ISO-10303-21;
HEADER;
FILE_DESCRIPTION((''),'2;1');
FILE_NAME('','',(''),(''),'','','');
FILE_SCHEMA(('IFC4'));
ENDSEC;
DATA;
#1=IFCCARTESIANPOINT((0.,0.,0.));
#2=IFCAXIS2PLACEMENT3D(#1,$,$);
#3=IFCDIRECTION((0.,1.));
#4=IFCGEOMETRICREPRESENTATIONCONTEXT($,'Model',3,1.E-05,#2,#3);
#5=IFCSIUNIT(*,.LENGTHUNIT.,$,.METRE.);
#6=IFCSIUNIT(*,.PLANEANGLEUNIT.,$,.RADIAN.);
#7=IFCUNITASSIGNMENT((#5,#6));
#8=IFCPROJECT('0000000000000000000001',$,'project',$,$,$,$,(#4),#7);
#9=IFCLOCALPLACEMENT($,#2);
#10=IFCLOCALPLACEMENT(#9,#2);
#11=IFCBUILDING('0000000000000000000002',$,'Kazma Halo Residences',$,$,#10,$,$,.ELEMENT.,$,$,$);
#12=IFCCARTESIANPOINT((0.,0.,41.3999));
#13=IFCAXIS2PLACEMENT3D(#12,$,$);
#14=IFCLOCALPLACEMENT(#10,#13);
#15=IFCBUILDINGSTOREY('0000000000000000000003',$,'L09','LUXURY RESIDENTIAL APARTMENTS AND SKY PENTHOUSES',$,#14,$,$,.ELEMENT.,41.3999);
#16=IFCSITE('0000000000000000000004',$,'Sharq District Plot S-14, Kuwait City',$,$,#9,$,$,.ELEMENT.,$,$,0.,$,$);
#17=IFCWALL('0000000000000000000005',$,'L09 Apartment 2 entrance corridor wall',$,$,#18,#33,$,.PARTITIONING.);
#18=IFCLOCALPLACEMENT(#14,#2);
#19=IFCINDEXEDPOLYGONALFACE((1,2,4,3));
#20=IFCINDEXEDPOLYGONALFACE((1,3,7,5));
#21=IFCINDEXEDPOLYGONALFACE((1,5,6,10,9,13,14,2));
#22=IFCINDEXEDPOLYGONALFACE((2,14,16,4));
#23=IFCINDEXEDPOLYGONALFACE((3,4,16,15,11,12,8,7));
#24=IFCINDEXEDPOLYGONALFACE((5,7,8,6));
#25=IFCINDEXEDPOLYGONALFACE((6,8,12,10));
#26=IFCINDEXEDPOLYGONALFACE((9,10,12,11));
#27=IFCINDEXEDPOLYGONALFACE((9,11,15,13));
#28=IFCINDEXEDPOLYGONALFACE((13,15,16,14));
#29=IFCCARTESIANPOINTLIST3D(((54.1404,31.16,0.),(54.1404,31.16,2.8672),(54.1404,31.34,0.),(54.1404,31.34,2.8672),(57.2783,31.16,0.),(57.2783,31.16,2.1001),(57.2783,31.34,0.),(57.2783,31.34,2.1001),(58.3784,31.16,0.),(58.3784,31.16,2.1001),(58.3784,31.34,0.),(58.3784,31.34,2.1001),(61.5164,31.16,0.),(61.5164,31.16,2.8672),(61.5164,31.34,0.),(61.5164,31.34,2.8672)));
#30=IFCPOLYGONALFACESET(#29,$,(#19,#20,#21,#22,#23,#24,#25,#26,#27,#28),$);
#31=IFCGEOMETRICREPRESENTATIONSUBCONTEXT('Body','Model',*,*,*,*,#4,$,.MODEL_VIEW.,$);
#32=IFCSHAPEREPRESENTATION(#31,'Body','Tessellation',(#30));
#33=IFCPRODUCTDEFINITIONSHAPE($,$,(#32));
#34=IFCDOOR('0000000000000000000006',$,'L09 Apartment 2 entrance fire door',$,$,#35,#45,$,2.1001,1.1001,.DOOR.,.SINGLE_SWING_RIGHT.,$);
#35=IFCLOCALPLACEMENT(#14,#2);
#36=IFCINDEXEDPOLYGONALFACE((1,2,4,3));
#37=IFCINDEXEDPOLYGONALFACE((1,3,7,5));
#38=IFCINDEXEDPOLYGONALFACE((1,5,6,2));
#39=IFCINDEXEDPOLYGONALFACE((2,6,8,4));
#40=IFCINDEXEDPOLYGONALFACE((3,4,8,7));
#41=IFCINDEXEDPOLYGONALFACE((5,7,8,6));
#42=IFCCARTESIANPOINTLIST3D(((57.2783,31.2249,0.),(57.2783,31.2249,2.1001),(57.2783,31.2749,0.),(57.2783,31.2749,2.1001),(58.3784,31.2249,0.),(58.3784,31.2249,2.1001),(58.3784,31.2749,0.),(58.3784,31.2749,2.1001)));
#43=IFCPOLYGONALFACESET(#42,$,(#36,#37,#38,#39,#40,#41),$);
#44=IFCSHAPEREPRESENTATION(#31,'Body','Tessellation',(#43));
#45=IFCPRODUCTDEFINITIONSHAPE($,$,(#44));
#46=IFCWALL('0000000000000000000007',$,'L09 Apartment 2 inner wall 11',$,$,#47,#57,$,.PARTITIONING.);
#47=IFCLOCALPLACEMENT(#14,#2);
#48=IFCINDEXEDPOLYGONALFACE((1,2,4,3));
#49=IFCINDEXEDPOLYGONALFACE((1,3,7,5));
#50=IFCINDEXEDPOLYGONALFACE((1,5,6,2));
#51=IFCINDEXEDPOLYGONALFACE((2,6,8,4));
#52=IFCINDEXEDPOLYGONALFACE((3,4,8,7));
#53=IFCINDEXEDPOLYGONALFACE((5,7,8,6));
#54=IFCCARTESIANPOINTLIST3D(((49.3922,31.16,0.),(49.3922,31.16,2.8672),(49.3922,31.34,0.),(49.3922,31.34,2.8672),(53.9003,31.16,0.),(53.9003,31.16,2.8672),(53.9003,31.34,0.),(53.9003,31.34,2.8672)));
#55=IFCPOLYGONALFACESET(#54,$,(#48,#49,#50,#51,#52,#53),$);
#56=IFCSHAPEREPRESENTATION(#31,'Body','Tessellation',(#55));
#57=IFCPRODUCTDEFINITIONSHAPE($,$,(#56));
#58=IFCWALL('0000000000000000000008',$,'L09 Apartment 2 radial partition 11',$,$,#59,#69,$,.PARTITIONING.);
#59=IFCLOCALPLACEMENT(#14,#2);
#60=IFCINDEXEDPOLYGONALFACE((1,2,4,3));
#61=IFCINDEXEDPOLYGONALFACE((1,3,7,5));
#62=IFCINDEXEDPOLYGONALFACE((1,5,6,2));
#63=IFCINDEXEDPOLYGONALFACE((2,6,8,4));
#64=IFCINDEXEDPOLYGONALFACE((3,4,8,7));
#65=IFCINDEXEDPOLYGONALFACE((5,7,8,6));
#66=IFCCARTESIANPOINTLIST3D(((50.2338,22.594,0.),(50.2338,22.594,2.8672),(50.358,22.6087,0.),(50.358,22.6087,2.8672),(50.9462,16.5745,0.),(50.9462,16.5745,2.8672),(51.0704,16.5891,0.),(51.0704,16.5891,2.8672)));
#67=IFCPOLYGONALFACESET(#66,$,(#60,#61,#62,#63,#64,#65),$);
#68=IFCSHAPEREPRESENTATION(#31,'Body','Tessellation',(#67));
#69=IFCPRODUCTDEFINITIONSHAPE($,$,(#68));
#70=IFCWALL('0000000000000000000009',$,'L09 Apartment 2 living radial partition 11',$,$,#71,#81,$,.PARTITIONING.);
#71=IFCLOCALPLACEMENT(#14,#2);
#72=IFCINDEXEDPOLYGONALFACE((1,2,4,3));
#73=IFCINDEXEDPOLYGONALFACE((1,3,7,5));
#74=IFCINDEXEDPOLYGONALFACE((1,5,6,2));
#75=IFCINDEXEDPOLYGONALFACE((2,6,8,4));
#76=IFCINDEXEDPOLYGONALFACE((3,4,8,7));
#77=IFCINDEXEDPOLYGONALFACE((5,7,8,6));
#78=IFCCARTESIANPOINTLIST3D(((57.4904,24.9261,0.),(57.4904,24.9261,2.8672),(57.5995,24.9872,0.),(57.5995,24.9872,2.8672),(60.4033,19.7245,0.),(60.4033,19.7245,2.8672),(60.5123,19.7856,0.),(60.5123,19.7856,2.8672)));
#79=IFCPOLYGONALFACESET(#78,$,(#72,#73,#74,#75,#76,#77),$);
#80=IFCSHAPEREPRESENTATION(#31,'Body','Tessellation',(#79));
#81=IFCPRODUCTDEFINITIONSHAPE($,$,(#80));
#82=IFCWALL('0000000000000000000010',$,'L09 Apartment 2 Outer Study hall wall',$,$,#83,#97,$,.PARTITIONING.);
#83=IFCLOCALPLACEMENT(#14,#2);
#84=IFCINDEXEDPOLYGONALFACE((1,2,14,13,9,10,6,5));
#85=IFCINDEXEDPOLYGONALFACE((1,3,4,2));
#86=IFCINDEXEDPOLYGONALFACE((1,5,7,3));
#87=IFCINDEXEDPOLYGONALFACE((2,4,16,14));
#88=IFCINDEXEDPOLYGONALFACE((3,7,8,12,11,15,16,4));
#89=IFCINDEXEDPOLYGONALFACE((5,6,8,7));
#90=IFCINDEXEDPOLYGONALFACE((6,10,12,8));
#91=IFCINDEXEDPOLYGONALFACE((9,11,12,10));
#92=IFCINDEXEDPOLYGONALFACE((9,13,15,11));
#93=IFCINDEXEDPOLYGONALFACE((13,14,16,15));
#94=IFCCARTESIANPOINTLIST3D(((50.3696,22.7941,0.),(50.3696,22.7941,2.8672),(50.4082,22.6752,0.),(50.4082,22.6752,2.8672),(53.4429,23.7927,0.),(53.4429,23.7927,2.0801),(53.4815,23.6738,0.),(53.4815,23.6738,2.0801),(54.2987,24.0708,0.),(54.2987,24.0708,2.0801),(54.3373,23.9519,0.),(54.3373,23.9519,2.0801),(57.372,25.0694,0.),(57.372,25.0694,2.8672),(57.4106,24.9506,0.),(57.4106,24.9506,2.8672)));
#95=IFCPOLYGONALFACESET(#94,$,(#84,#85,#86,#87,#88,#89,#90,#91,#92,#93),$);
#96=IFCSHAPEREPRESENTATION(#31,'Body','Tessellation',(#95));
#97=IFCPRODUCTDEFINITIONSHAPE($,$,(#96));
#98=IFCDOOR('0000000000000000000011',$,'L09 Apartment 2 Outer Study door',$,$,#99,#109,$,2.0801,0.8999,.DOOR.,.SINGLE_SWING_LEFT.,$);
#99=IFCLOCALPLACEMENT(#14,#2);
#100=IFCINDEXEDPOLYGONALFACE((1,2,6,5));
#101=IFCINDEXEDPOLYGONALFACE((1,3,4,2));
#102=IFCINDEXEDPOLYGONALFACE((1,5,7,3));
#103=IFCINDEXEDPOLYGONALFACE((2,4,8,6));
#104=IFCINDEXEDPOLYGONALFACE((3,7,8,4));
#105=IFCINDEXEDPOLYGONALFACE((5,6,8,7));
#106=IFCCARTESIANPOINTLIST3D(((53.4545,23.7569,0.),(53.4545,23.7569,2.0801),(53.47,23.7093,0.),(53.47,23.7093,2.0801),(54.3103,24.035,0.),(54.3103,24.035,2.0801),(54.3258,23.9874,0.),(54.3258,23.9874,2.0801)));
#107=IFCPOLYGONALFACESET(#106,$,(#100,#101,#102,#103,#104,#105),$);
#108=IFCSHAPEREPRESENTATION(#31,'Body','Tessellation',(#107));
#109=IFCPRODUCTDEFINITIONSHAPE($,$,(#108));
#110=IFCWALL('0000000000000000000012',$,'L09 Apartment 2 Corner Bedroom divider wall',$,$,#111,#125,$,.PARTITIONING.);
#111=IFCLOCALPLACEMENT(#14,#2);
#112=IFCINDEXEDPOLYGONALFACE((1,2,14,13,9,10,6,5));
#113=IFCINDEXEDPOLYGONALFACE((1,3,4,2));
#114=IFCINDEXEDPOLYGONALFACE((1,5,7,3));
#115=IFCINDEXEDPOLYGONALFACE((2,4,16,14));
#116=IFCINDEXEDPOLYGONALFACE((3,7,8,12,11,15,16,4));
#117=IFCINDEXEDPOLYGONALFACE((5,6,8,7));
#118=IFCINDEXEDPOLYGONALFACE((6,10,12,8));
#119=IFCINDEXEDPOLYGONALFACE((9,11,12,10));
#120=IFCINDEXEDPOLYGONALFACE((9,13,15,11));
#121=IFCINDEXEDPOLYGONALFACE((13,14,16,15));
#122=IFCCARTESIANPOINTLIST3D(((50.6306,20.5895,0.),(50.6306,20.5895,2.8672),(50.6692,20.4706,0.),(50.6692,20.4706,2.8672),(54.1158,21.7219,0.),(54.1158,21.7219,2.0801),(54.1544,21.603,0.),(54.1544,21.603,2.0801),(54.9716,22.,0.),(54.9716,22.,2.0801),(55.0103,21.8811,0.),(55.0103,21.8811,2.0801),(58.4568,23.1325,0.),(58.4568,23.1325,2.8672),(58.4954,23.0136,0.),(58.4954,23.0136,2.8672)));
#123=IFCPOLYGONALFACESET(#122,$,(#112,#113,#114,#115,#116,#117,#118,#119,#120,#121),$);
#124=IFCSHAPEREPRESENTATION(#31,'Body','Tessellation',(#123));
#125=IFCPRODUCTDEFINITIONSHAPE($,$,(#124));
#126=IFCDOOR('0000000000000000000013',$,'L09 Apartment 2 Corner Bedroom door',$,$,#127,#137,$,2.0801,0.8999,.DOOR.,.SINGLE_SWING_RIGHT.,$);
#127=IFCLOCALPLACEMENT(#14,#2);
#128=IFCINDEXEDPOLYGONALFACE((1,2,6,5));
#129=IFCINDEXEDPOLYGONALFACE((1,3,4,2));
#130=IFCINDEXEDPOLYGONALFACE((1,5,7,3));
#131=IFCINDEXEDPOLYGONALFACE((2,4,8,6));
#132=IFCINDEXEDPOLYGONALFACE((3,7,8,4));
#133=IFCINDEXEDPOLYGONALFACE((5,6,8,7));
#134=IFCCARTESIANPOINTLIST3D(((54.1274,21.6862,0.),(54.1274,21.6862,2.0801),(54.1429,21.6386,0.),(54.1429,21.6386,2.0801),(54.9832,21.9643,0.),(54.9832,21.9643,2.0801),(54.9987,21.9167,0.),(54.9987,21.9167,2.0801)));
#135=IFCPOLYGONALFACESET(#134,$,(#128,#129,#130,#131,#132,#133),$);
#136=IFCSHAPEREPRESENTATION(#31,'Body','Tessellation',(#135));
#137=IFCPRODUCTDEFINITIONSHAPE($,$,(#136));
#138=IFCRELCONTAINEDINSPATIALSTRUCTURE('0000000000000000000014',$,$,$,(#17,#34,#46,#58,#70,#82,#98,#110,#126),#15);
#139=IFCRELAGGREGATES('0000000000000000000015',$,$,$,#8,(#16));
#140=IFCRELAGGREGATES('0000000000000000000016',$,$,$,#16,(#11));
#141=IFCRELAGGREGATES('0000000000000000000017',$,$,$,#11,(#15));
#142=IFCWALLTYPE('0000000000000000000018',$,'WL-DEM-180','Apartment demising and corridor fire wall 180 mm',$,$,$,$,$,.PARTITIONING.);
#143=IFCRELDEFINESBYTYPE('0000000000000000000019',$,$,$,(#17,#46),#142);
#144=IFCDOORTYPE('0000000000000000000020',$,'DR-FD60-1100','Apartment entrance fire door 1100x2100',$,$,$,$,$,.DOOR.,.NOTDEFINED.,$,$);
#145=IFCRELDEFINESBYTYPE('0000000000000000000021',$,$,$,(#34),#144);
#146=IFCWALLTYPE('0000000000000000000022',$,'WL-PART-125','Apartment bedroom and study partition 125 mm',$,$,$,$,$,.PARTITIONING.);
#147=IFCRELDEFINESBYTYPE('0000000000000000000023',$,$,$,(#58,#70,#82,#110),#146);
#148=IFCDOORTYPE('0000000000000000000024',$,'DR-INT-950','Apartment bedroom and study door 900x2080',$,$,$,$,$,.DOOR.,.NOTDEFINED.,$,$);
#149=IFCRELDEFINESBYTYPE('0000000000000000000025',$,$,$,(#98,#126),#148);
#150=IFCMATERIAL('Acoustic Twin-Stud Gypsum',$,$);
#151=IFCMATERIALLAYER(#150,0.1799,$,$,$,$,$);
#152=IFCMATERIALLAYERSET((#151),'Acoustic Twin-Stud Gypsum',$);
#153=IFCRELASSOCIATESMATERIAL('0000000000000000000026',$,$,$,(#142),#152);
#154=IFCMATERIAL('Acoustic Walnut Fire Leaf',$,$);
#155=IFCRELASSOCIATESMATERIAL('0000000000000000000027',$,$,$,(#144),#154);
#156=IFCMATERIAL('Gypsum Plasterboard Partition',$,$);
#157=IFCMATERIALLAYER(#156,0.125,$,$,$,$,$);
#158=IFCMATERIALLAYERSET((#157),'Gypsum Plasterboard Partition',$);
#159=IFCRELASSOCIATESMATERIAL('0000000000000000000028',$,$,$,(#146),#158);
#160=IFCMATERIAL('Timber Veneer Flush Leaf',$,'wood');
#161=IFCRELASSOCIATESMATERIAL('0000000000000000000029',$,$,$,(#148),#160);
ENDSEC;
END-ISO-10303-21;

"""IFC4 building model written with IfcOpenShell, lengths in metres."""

from ifc_helpers import new_model, si_unit, direction, frame, frame_2d, origin, place, context, subcontext, project, spatial, rectangle, extrude, material, layer, layer_set, type_object, element, fill, save


model = new_model("IFC4")

# Units and contexts
model_context = context("Model", 3, precision=1e-05, world=origin(), true_north=direction((0.0, 1.0)))
body_context = subcontext(model_context, "Body", "Model", "MODEL_VIEW")
ifc_project = project(units=[si_unit("LENGTHUNIT", "METRE"), si_unit("PLANEANGLEUNIT", "RADIAN")], contexts=[model_context])

# Site, building, storey
site_placement = place(None, origin())
site = spatial("IfcSite", under=ifc_project, at=site_placement, Name="Sharq District Plot S-14, Kuwait City", CompositionType="ELEMENT", RefElevation=0.0)
building_placement = place(site_placement, origin())
building = spatial("IfcBuilding", under=site, at=building_placement, Name="Kazma Halo Residences", CompositionType="ELEMENT")
storey_placement = place(building_placement, frame((0.0, 0.0, 41.3999)))
storey = spatial("IfcBuildingStorey", under=building, at=storey_placement, Name="L09", Description="LUXURY RESIDENTIAL APARTMENTS AND SKY PENTHOUSES", CompositionType="ELEMENT", Elevation=41.3999)

# Wall, opening, door
ifc_material_1 = material(Name="Acoustic Twin-Stud Gypsum")
ifc_layer_1 = layer(ifc_material_1, 0.1799)
ifc_layer_set_1 = layer_set([ifc_layer_1], Name="Acoustic Twin-Stud Gypsum")
wall_type_1 = type_object("IfcWallType", Name="WL-DEM-180", Description="Apartment demising and corridor fire wall 180 mm", PredefinedType="PARTITIONING", material=ifc_layer_set_1)
wall_1_placement = place(storey_placement, frame((54.1404, 31.25, 0.0), z_axis=(0.0, 0.0, 1.0), x_axis=(1.0, 0.0, 0.0)))
wall_1 = element("IfcWall", 1, at=wall_1_placement, inside=storey, type_object=wall_type_1, Name="L09 Apartment 2 entrance corridor wall", PredefinedType="PARTITIONING", context=body_context, shape_type="SweptSolid", body=[
    extrude(rectangle(XDim=7.376, YDim=0.1799, at=frame_2d((3.688, 0.0))), origin(), (0.0, 0.0, 1.0), 2.8672),
])
opening_1_placement = place(wall_1_placement, frame((3.1379, 0.0, 0.0)))
opening_1 = element("IfcOpeningElement", 2, at=opening_1_placement, cuts=wall_1, PredefinedType="OPENING", context=body_context, shape_type="SweptSolid", body=[
    extrude(rectangle(XDim=1.1001, YDim=2.1001, at=frame_2d((0.55, 1.05))), frame((0.0, 0.0999, 0.0), z_axis=(0.0, -1.0, 0.0), x_axis=(1.0, 0.0, 0.0)), (0.0, 0.0, 1.0), 0.2),
])
ifc_material_2 = material(Name="Acoustic Walnut Fire Leaf")
door_type_1 = type_object("IfcDoorType", Name="DR-FD60-1100", Description="Apartment entrance fire door 1100x2100", OperationType="NOTDEFINED", PredefinedType="DOOR", material=ifc_material_2)
door_1_placement = place(opening_1_placement, origin())
door_1 = element("IfcDoor", 3, at=door_1_placement, inside=storey, type_object=door_type_1, Name="L09 Apartment 2 entrance fire door", OperationType="SINGLE_SWING_RIGHT", OverallHeight=2.1001, OverallWidth=1.1001, PredefinedType="DOOR", context=body_context, shape_type="SweptSolid", body=[
    extrude(rectangle(XDim=1.1001, YDim=2.1001, at=frame_2d((0.55, 1.05))), frame((0.0, 0.0249, 0.0), z_axis=(0.0, -1.0, 0.0), x_axis=(1.0, 0.0, 0.0)), (0.0, 0.0, 1.0), 0.05),
])
fill(opening_1, door_1)

# Wall
wall_2_placement = place(storey_placement, frame((49.3923, 31.25, 0.0), z_axis=(0.0, 0.0, 1.0), x_axis=(1.0, 0.0, 0.0)))
element("IfcWall", 4, at=wall_2_placement, inside=storey, type_object=wall_type_1, Name="L09 Apartment 2 inner wall 11", PredefinedType="PARTITIONING", context=body_context, shape_type="SweptSolid", body=[
    extrude(rectangle(XDim=4.5081, YDim=0.1799, at=frame_2d((2.2539, 0.0))), origin(), (0.0, 0.0, 1.0), 2.8672),
])

# Walls
ifc_material_3 = material(Name="Gypsum Plasterboard Partition")
ifc_layer_2 = layer(ifc_material_3, 0.125)
ifc_layer_set_2 = layer_set([ifc_layer_2], Name="Gypsum Plasterboard Partition")
wall_type_2 = type_object("IfcWallType", Name="WL-PART-125", Description="Apartment bedroom and study partition 125 mm", PredefinedType="PARTITIONING", material=ifc_layer_set_2)
wall_3_placement = place(storey_placement, frame((50.2959, 22.6013, 0.0), z_axis=(0.0, 0.0, 1.0), x_axis=(0.117528, -0.99307, 0.0)))
element("IfcWall", 5, at=wall_3_placement, inside=storey, type_object=wall_type_2, Name="L09 Apartment 2 radial partition 11", PredefinedType="PARTITIONING", context=body_context, shape_type="SweptSolid", body=[
    extrude(rectangle(XDim=6.0615, YDim=0.125, at=frame_2d((3.0308, 0.0))), origin(), (0.0, 0.0, 1.0), 2.8672),
])
wall_4_placement = place(storey_placement, frame((57.5449, 24.9568, 0.0), z_axis=(0.0, 0.0, 1.0), x_axis=(0.488592, -0.872512, 0.0)))
element("IfcWall", 6, at=wall_4_placement, inside=storey, type_object=wall_type_2, Name="L09 Apartment 2 living radial partition 11", PredefinedType="PARTITIONING", context=body_context, shape_type="SweptSolid", body=[
    extrude(rectangle(XDim=5.9617, YDim=0.125, at=frame_2d((2.981, 0.0))), origin(), (0.0, 0.0, 1.0), 2.8672),
])

# Walls, openings, doors
wall_5_placement = place(storey_placement, frame((50.3889, 22.7346, 0.0), z_axis=(0.0, 0.0, 1.0), x_axis=(0.95105, 0.309037, 0.0)))
wall_5 = element("IfcWall", 7, at=wall_5_placement, inside=storey, type_object=wall_type_2, Name="L09 Apartment 2 Outer Study hall wall", PredefinedType="PARTITIONING", context=body_context, shape_type="SweptSolid", body=[
    extrude(rectangle(XDim=7.3628, YDim=0.125, at=frame_2d((3.6814, 0.0))), origin(), (0.0, 0.0, 1.0), 2.8672),
])
opening_2_placement = place(wall_5_placement, frame((3.2314, 0.0, 0.0)))
opening_2 = element("IfcOpeningElement", 8, at=opening_2_placement, cuts=wall_5, PredefinedType="OPENING", context=body_context, shape_type="SweptSolid", body=[
    extrude(rectangle(XDim=0.8999, YDim=2.0801, at=frame_2d((0.45, 1.04))), frame((0.0, 0.0725, 0.0), z_axis=(0.0, -1.0, 0.0), x_axis=(1.0, 0.0, 0.0)), (0.0, 0.0, 1.0), 0.145),
])
ifc_material_4 = material(Name="Timber Veneer Flush Leaf", Category="wood")
door_type_2 = type_object("IfcDoorType", Name="DR-INT-950", Description="Apartment bedroom and study door 900x2080", OperationType="NOTDEFINED", PredefinedType="DOOR", material=ifc_material_4)
door_2_placement = place(opening_2_placement, origin())
door_2 = element("IfcDoor", 9, at=door_2_placement, inside=storey, type_object=door_type_2, Name="L09 Apartment 2 Outer Study door", OperationType="SINGLE_SWING_LEFT", OverallHeight=2.0801, OverallWidth=0.8999, PredefinedType="DOOR", context=body_context, shape_type="SweptSolid", body=[
    extrude(rectangle(XDim=0.8999, YDim=2.0801, at=frame_2d((0.45, 1.04))), frame((0.0, 0.0249, 0.0), z_axis=(0.0, -1.0, 0.0), x_axis=(1.0, 0.0, 0.0)), (0.0, 0.0, 1.0), 0.05),
])
fill(opening_2, door_2)
wall_6_placement = place(storey_placement, frame((50.6499, 20.53, 0.0), z_axis=(0.0, 0.0, 1.0), x_axis=(0.951053, 0.309027, 0.0)))
wall_6 = element("IfcWall", 10, at=wall_6_placement, inside=storey, type_object=wall_type_2, Name="L09 Apartment 2 Corner Bedroom divider wall", PredefinedType="PARTITIONING", context=body_context, shape_type="SweptSolid", body=[
    extrude(rectangle(XDim=8.229, YDim=0.125, at=frame_2d((4.1145, 0.0))), origin(), (0.0, 0.0, 1.0), 2.8672),
])
opening_3_placement = place(wall_6_placement, frame((3.6646, 0.0, 0.0)))
opening_3 = element("IfcOpeningElement", 11, at=opening_3_placement, cuts=wall_6, PredefinedType="OPENING", context=body_context, shape_type="SweptSolid", body=[
    extrude(rectangle(XDim=0.8999, YDim=2.0801, at=frame_2d((0.45, 1.04))), frame((0.0, 0.0725, 0.0), z_axis=(0.0, -1.0, 0.0), x_axis=(1.0, 0.0, 0.0)), (0.0, 0.0, 1.0), 0.145),
])
door_3_placement = place(opening_3_placement, origin())
door_3 = element("IfcDoor", 12, at=door_3_placement, inside=storey, type_object=door_type_2, Name="L09 Apartment 2 Corner Bedroom door", OperationType="SINGLE_SWING_RIGHT", OverallHeight=2.0801, OverallWidth=0.8999, PredefinedType="DOOR", context=body_context, shape_type="SweptSolid", body=[
    extrude(rectangle(XDim=0.8999, YDim=2.0801, at=frame_2d((0.45, 1.04))), frame((0.0, 0.0249, 0.0), z_axis=(0.0, -1.0, 0.0), x_axis=(1.0, 0.0, 0.0)), (0.0, 0.0, 1.0), 0.05),
])
fill(opening_3, door_3)

save(model, "model.ifc")
